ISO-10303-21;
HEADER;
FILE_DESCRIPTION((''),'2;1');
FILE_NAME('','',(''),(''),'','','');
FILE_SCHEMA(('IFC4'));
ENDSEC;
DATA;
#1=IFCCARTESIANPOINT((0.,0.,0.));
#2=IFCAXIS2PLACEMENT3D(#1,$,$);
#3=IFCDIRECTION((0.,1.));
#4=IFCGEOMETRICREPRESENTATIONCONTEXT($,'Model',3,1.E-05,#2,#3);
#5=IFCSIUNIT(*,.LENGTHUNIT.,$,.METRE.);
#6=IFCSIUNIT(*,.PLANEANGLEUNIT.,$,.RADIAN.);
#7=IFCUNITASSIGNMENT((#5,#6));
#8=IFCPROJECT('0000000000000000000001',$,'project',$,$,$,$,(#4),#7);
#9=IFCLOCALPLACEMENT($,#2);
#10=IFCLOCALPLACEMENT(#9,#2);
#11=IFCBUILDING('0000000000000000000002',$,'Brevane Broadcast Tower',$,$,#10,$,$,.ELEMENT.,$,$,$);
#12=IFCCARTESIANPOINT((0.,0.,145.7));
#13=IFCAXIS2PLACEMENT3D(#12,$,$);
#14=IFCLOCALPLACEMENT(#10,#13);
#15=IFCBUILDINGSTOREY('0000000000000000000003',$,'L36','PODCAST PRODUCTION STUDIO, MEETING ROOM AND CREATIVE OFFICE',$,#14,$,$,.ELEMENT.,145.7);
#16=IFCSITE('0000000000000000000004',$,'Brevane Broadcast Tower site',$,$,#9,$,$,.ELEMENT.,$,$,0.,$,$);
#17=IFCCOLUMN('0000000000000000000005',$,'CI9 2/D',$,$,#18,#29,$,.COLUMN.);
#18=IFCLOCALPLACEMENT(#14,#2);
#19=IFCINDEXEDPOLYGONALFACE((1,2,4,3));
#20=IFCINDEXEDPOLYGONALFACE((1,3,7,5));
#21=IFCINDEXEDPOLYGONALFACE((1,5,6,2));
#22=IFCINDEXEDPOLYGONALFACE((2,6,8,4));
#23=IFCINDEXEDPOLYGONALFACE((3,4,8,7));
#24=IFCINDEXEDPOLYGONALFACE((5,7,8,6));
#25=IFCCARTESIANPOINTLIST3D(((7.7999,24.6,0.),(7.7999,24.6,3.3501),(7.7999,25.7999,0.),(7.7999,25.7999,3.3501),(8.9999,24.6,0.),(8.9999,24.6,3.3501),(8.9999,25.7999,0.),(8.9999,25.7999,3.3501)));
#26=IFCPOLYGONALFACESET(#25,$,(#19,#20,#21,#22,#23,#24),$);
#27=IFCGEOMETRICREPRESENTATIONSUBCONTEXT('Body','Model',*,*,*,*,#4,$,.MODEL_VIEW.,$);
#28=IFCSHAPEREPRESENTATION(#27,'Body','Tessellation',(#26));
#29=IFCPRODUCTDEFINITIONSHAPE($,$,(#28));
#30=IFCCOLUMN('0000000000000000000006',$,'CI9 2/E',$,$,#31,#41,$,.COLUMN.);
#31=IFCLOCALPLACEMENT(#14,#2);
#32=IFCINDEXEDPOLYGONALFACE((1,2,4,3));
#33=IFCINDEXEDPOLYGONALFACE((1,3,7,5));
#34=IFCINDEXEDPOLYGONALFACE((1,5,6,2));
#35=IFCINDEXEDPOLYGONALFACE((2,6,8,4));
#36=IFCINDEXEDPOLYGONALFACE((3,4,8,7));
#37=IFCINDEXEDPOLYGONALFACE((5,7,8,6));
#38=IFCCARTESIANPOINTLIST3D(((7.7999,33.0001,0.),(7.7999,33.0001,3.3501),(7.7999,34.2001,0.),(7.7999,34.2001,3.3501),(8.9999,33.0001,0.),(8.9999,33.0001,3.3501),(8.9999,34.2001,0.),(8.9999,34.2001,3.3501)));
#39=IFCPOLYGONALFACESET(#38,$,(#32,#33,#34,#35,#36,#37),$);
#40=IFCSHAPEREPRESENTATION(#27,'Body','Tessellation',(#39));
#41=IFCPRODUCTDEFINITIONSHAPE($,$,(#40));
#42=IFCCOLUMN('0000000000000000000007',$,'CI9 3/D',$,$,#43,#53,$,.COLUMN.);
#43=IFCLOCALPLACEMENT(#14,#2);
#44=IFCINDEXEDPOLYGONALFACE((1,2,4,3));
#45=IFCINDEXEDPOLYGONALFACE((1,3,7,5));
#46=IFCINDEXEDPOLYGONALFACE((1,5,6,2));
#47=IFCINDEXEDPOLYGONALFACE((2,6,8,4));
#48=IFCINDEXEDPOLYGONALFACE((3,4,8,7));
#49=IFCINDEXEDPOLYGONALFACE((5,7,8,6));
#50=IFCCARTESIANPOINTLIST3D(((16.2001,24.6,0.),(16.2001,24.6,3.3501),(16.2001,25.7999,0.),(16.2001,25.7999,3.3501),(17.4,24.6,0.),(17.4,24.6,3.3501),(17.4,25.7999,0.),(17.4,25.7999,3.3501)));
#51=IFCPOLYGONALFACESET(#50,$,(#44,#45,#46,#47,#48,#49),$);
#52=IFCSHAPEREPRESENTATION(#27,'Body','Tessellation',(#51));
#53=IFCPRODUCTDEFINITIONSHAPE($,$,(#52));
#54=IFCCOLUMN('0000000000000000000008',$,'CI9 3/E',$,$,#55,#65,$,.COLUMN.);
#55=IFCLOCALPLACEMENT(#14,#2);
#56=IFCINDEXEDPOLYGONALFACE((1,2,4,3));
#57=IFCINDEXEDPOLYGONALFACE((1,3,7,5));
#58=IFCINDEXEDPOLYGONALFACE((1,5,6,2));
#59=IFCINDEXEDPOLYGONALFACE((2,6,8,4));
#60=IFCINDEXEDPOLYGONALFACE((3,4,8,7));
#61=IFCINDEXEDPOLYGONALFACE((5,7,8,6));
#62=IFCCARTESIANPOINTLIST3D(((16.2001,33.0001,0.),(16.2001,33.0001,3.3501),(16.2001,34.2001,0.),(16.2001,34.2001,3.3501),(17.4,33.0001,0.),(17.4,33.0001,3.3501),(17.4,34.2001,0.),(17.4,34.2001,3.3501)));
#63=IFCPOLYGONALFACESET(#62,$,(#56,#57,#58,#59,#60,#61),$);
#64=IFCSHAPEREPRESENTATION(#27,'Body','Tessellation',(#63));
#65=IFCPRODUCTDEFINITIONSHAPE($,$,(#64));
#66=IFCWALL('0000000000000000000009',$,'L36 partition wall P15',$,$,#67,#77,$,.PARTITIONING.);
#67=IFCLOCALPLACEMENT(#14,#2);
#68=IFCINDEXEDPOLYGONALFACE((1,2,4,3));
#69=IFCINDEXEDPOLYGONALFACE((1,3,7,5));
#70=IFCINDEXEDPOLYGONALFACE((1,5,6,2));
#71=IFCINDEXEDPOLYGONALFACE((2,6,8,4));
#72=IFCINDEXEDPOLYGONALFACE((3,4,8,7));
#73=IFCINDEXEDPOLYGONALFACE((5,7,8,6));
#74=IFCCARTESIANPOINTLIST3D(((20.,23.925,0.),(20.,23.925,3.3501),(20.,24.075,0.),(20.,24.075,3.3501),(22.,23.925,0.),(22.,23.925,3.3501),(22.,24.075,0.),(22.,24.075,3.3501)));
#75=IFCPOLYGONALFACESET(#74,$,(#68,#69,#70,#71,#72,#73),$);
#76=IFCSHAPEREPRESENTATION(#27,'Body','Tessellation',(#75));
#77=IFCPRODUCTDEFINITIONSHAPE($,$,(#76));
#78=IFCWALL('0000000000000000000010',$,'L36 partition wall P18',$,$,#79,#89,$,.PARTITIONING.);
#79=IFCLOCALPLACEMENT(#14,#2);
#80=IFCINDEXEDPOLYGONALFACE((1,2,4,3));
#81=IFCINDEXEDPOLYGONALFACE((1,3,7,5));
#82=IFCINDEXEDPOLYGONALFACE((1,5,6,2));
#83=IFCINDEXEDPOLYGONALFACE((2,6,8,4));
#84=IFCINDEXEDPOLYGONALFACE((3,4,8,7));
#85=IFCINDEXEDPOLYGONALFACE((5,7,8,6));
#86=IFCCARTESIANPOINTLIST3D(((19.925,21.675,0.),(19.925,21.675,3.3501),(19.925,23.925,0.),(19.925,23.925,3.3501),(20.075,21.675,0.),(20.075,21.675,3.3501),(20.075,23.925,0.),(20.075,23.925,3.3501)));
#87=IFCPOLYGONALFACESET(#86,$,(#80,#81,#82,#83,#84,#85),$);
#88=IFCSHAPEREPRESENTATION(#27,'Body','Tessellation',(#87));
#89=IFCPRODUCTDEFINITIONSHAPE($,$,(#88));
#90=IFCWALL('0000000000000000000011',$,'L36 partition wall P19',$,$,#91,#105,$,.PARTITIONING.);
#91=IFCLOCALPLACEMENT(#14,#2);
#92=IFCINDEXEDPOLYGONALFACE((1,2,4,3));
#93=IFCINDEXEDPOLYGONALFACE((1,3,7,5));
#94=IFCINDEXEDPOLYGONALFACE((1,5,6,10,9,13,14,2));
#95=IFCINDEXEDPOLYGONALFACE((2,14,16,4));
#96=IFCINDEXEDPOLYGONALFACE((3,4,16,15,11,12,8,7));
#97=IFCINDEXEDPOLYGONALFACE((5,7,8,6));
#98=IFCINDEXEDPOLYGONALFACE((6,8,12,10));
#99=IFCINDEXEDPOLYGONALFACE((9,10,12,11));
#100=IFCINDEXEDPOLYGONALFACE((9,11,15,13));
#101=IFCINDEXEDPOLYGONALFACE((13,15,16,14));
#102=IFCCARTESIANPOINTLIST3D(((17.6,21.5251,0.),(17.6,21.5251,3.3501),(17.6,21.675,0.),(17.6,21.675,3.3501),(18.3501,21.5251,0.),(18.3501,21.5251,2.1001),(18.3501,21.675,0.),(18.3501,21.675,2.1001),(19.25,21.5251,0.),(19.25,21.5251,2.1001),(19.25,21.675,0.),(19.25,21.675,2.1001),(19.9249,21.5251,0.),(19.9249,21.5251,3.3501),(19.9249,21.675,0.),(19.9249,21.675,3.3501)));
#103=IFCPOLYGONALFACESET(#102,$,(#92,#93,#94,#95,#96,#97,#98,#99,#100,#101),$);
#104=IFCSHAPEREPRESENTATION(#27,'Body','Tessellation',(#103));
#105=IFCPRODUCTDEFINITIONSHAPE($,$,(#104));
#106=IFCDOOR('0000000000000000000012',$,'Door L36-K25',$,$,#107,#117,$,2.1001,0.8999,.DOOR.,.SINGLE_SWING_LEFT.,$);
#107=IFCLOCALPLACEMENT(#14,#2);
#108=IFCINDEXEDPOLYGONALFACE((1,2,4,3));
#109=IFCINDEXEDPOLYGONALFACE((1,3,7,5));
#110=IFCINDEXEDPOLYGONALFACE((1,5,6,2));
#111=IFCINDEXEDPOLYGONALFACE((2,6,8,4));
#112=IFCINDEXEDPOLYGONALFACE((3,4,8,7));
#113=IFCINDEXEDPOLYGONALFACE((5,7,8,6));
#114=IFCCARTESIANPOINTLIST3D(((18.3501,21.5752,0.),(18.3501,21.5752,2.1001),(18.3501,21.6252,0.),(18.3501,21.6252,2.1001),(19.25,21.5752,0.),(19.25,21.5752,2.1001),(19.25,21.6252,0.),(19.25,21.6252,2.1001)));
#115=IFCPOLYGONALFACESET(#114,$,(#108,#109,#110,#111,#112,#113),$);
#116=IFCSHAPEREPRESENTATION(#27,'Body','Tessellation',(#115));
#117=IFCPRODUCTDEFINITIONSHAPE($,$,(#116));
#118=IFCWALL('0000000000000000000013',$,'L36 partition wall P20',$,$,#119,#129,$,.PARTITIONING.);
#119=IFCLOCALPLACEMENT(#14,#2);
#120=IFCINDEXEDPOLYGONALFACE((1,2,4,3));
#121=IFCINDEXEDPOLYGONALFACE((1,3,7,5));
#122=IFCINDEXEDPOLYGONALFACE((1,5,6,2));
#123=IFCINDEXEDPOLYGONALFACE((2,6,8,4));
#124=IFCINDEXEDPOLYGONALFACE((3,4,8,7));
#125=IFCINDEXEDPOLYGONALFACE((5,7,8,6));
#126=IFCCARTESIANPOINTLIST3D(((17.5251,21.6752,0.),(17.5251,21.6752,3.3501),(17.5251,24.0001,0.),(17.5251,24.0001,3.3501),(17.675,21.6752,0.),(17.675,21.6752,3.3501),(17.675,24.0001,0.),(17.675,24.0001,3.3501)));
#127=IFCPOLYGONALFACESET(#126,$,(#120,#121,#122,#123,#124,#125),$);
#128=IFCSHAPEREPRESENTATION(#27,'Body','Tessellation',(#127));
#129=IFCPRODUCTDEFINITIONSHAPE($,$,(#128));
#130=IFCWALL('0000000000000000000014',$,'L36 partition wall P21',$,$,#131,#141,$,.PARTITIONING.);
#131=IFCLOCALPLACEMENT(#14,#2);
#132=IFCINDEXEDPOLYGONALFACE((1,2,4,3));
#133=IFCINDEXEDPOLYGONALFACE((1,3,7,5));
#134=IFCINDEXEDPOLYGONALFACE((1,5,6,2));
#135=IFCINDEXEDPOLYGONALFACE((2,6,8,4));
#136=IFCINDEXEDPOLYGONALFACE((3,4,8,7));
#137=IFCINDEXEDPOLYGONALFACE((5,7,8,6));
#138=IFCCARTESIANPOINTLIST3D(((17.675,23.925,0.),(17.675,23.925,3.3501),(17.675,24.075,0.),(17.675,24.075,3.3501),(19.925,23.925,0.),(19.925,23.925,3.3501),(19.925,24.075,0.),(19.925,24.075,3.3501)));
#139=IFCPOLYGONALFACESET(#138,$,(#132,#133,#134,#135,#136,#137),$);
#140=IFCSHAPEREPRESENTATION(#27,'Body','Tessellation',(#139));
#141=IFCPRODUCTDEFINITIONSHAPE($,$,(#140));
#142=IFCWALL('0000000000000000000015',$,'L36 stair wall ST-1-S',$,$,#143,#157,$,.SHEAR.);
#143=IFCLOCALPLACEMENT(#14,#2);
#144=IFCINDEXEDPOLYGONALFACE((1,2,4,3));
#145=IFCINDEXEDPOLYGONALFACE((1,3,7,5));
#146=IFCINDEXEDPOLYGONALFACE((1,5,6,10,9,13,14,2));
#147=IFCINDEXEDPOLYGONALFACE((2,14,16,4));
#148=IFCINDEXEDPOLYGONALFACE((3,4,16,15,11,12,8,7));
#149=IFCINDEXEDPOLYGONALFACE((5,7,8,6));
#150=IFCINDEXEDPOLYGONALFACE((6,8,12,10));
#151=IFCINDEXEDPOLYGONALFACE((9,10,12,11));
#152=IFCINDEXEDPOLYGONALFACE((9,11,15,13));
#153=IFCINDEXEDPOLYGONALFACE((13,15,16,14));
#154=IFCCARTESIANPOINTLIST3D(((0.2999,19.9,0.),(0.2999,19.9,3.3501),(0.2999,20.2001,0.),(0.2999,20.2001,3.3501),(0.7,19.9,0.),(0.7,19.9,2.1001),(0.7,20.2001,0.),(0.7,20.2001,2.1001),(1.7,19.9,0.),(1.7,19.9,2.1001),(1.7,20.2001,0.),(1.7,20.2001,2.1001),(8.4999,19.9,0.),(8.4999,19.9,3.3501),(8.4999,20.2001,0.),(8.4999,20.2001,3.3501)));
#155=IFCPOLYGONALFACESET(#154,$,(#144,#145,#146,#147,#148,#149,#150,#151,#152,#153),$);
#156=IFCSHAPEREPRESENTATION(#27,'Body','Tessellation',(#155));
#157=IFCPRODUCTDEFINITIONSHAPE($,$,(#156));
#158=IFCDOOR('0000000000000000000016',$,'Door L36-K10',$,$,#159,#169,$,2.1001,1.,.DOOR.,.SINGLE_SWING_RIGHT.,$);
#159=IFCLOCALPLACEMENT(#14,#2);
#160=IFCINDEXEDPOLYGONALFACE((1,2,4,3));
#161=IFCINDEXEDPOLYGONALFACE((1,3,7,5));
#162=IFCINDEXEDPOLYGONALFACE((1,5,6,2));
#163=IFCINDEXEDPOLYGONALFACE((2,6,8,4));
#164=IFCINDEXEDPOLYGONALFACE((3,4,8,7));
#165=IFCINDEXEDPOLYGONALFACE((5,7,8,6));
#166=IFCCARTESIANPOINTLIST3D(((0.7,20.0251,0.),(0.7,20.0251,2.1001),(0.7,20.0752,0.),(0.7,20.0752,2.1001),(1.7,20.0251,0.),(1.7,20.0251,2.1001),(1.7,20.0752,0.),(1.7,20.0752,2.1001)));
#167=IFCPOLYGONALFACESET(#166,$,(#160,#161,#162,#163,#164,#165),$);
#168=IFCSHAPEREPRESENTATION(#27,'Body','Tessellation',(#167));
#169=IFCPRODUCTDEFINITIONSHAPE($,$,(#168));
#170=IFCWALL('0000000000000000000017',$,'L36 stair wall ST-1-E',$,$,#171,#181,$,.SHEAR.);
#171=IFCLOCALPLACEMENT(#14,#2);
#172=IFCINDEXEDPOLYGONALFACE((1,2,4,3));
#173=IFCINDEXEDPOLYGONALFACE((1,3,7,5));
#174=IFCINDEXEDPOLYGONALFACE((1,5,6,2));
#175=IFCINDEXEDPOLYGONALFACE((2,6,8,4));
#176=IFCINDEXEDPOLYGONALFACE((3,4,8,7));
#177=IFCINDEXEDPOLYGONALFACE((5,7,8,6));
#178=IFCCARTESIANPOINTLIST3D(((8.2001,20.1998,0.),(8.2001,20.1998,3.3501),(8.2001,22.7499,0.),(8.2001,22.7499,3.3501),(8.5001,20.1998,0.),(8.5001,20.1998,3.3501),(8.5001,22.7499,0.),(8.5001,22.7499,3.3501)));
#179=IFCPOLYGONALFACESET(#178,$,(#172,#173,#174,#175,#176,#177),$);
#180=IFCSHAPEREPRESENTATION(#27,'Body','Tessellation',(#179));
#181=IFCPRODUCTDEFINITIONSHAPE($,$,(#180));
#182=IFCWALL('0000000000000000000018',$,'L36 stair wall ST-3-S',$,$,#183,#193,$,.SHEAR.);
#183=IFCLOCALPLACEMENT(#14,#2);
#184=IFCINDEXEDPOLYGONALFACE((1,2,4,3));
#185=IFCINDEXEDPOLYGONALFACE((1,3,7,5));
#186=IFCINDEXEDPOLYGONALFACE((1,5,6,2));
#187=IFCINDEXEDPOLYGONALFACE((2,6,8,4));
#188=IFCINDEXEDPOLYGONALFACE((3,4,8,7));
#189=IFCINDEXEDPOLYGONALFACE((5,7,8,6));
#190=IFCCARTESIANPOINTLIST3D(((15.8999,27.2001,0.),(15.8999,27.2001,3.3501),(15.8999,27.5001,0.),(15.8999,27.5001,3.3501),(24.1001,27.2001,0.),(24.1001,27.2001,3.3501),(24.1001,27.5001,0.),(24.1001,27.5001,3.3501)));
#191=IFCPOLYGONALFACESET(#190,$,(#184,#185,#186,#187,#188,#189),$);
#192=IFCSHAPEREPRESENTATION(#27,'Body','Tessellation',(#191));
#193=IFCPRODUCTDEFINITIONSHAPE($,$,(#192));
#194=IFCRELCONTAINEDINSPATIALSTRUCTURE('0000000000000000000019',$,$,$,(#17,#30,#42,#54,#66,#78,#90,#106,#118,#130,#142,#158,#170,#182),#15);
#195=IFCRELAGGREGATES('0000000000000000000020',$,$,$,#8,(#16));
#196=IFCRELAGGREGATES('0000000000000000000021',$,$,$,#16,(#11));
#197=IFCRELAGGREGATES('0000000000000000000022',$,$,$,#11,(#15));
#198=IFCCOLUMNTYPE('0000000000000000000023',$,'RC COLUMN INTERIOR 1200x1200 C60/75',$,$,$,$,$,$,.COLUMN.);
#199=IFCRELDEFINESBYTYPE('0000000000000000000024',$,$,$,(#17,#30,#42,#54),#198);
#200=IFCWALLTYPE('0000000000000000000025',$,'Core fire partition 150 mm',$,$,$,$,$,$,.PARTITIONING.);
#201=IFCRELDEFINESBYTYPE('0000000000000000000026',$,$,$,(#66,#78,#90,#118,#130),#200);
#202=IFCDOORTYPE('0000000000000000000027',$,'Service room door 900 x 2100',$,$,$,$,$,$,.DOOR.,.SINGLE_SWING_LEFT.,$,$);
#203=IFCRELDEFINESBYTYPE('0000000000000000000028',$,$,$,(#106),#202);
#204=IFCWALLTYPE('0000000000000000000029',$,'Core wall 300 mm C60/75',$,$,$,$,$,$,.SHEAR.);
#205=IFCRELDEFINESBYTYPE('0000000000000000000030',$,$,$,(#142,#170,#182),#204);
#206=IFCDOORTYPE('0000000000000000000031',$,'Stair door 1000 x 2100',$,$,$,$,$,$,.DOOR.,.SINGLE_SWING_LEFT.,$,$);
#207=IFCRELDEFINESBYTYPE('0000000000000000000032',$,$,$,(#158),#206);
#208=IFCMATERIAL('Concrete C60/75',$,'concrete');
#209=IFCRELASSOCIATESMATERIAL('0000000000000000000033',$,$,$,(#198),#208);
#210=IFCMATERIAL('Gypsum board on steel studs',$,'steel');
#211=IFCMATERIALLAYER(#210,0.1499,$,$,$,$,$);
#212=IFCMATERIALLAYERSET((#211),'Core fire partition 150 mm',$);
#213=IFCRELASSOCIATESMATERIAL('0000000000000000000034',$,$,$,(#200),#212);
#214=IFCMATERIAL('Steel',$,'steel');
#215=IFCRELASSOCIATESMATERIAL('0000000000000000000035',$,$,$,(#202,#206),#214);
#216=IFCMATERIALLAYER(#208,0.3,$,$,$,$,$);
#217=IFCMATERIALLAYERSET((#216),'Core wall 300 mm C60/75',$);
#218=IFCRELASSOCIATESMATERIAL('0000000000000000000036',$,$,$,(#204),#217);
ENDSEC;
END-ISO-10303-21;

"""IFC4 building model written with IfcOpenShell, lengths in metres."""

from ifc_helpers import new_model, si_unit, direction, frame, frame_2d, origin, origin_2d, place, context, subcontext, project, spatial, rectangle, extrude, material, layer, layer_set, material_profile, profile_set, type_object, element, fill, save


model = new_model("IFC4")

# Units and contexts
model_context = context("Model", 3, precision=1e-05, world=origin(), true_north=direction((0.0, 1.0)))
body_context = subcontext(model_context, "Body", "Model", "MODEL_VIEW")
ifc_project = project(units=[si_unit("LENGTHUNIT", "METRE"), si_unit("PLANEANGLEUNIT", "RADIAN")], contexts=[model_context])

# Site, building, storey
site_placement = place(None, origin())
site = spatial("IfcSite", under=ifc_project, at=site_placement, Name="Brevane Broadcast Tower site", CompositionType="ELEMENT", RefElevation=0.0)
building_placement = place(site_placement, origin())
building = spatial("IfcBuilding", under=site, at=building_placement, Name="Brevane Broadcast Tower", CompositionType="ELEMENT")
storey_placement = place(building_placement, frame((0.0, 0.0, 145.7)))
storey = spatial("IfcBuildingStorey", under=building, at=storey_placement, Name="L36", Description="PODCAST PRODUCTION STUDIO, MEETING ROOM AND CREATIVE OFFICE", CompositionType="ELEMENT", Elevation=145.7)

# Columns
ifc_material_1 = material(Name="Concrete C60/75", Category="concrete")
ifc_material_profile = material_profile(ifc_material_1, rectangle(XDim=1.2, YDim=1.2, at=origin_2d()), Name="RC 1200x1200")
ifc_profile_set = profile_set([ifc_material_profile], Name="Concrete C60/75")
column_type = type_object("IfcColumnType", Name="RC COLUMN INTERIOR 1200x1200 C60/75", PredefinedType="COLUMN", material=ifc_profile_set)
for number, where, z_axis, x_axis, name in (
    (1, (8.3999, 25.2, 0.0), (0.0, 0.0, 1.0), (1.0, 0.0, 0.0), "CI9 2/D"),
    (2, (8.3999, 33.6001, 0.0), (0.0, 0.0, 1.0), (1.0, 0.0, 0.0), "CI9 2/E"),
    (3, (16.8, 25.2, 0.0), (0.0, 0.0, 1.0), (1.0, 0.0, 0.0), "CI9 3/D"),
    (4, (16.8, 33.6001, 0.0), (0.0, 0.0, 1.0), (1.0, 0.0, 0.0), "CI9 3/E"),
):
    element("IfcColumn", number, at=place(storey_placement, frame(where, z_axis=z_axis, x_axis=x_axis)), inside=storey, type_object=column_type, Name=name, PredefinedType="COLUMN", context=body_context, shape_type="SweptSolid", body=[
        extrude(rectangle(XDim=1.2, YDim=1.2, at=origin_2d()), origin(), (0.0, 0.0, 1.0), 3.3501),
    ])

# Walls
ifc_material_2 = material(Name="Gypsum board on steel studs", Category="steel")
ifc_layer_1 = layer(ifc_material_2, 0.1499)
ifc_layer_set_1 = layer_set([ifc_layer_1], Name="Core fire partition 150 mm")
wall_type_1 = type_object("IfcWallType", Name="Core fire partition 150 mm", PredefinedType="PARTITIONING", material=ifc_layer_set_1)
wall_1_placement = place(storey_placement, frame((20.0, 24.0, 0.0), z_axis=(0.0, 0.0, 1.0), x_axis=(1.0, 0.0, 0.0)))
element("IfcWall", 5, at=wall_1_placement, inside=storey, type_object=wall_type_1, Name="L36 partition wall P15", PredefinedType="PARTITIONING", context=body_context, shape_type="SweptSolid", body=[
    extrude(rectangle(XDim=2.0, YDim=0.1499, at=frame_2d((1.0, 0.0))), origin(), (0.0, 0.0, 1.0), 3.3501),
])
wall_2_placement = place(storey_placement, frame((20.0, 21.675, 0.0), z_axis=(0.0, 0.0, 1.0), x_axis=(0.0, 1.0, 0.0)))
element("IfcWall", 6, at=wall_2_placement, inside=storey, type_object=wall_type_1, Name="L36 partition wall P18", PredefinedType="PARTITIONING", context=body_context, shape_type="SweptSolid", body=[
    extrude(rectangle(XDim=2.25, YDim=0.1499, at=frame_2d((1.125, 0.0))), origin(), (0.0, 0.0, 1.0), 3.3501),
])

# Wall, opening, door
wall_3_placement = place(storey_placement, frame((19.925, 21.6001, 0.0), z_axis=(0.0, 0.0, 1.0), x_axis=(-1.0, 0.0, 0.0)))
wall_3 = element("IfcWall", 7, at=wall_3_placement, inside=storey, type_object=wall_type_1, Name="L36 partition wall P19", PredefinedType="PARTITIONING", context=body_context, shape_type="SweptSolid", body=[
    extrude(rectangle(XDim=2.325, YDim=0.1499, at=frame_2d((1.1626, 0.0))), origin(), (0.0, 0.0, 1.0), 3.3501),
])
opening_1_placement = place(wall_3_placement, frame((0.675, 0.0, 0.0)))
opening_1 = element("IfcOpeningElement", 8, at=opening_1_placement, cuts=wall_3, PredefinedType="OPENING", context=body_context, shape_type="SweptSolid", body=[
    extrude(rectangle(XDim=0.8999, YDim=2.1001, at=frame_2d((0.45, 1.05))), frame((0.0, 0.085, 0.0), z_axis=(0.0, -1.0, 0.0), x_axis=(1.0, 0.0, 0.0)), (0.0, 0.0, 1.0), 0.1699),
])
ifc_material_3 = material(Name="Steel", Category="steel")
door_type_1 = type_object("IfcDoorType", Name="Service room door 900 x 2100", OperationType="SINGLE_SWING_LEFT", PredefinedType="DOOR", material=ifc_material_3)
door_1_placement = place(opening_1_placement, origin())
door_1 = element("IfcDoor", 9, at=door_1_placement, inside=storey, type_object=door_type_1, Name="Door L36-K25", OperationType="SINGLE_SWING_LEFT", OverallHeight=2.1001, OverallWidth=0.8999, PredefinedType="DOOR", context=body_context, shape_type="SweptSolid", body=[
    extrude(rectangle(XDim=0.8999, YDim=2.1001, at=frame_2d((0.45, 1.05))), frame((0.0, 0.0249, 0.0), z_axis=(0.0, -1.0, 0.0), x_axis=(1.0, 0.0, 0.0)), (0.0, 0.0, 1.0), 0.05),
])
fill(opening_1, door_1)

# Walls
wall_4_placement = place(storey_placement, frame((17.6001, 21.675, 0.0), z_axis=(0.0, 0.0, 1.0), x_axis=(0.0, 1.0, 0.0)))
element("IfcWall", 10, at=wall_4_placement, inside=storey, type_object=wall_type_1, Name="L36 partition wall P20", PredefinedType="PARTITIONING", context=body_context, shape_type="SweptSolid", body=[
    extrude(rectangle(XDim=2.325, YDim=0.1499, at=frame_2d((1.1626, 0.0))), origin(), (0.0, 0.0, 1.0), 3.3501),
])
wall_5_placement = place(storey_placement, frame((17.675, 24.0, 0.0), z_axis=(0.0, 0.0, 1.0), x_axis=(1.0, 0.0, 0.0)))
element("IfcWall", 11, at=wall_5_placement, inside=storey, type_object=wall_type_1, Name="L36 partition wall P21", PredefinedType="PARTITIONING", context=body_context, shape_type="SweptSolid", body=[
    extrude(rectangle(XDim=2.25, YDim=0.1499, at=frame_2d((1.125, 0.0))), origin(), (0.0, 0.0, 1.0), 3.3501),
])

# Wall, opening, door
ifc_layer_2 = layer(ifc_material_1, 0.3)
ifc_layer_set_2 = layer_set([ifc_layer_2], Name="Core wall 300 mm C60/75")
wall_type_2 = type_object("IfcWallType", Name="Core wall 300 mm C60/75", PredefinedType="SHEAR", material=ifc_layer_set_2)
wall_6_placement = place(storey_placement, frame((8.5, 20.05, 0.0), z_axis=(0.0, 0.0, 1.0), x_axis=(-1.0, 0.0, 0.0)))
wall_6 = element("IfcWall", 12, at=wall_6_placement, inside=storey, type_object=wall_type_2, Name="L36 stair wall ST-1-S", PredefinedType="SHEAR", context=body_context, shape_type="SweptSolid", body=[
    extrude(rectangle(XDim=8.2, YDim=0.3, at=frame_2d((4.1001, 0.0))), origin(), (0.0, 0.0, 1.0), 3.3501),
])
opening_2_placement = place(wall_6_placement, frame((6.8, 0.0, 0.0)))
opening_2 = element("IfcOpeningElement", 13, at=opening_2_placement, cuts=wall_6, PredefinedType="OPENING", context=body_context, shape_type="SweptSolid", body=[
    extrude(rectangle(XDim=1.0, YDim=2.1001, at=frame_2d((0.5, 1.05))), frame((0.0, 0.1599, 0.0), z_axis=(0.0, -1.0, 0.0), x_axis=(1.0, 0.0, 0.0)), (0.0, 0.0, 1.0), 0.3201),
])
door_type_2 = type_object("IfcDoorType", Name="Stair door 1000 x 2100", OperationType="SINGLE_SWING_LEFT", PredefinedType="DOOR", material=ifc_material_3)
door_2_placement = place(opening_2_placement, origin())
door_2 = element("IfcDoor", 14, at=door_2_placement, inside=storey, type_object=door_type_2, Name="Door L36-K10", OperationType="SINGLE_SWING_RIGHT", OverallHeight=2.1001, OverallWidth=1.0, PredefinedType="DOOR", context=body_context, shape_type="SweptSolid", body=[
    extrude(rectangle(XDim=1.0, YDim=2.1001, at=frame_2d((0.5, 1.05))), frame((0.0, 0.0249, 0.0), z_axis=(0.0, -1.0, 0.0), x_axis=(1.0, 0.0, 0.0)), (0.0, 0.0, 1.0), 0.05),
])
fill(opening_2, door_2)

# Walls
wall_7_placement = place(storey_placement, frame((8.3501, 20.2, 0.0), z_axis=(0.0, 0.0, 1.0), x_axis=(0.0, 1.0, 0.0)))
element("IfcWall", 15, at=wall_7_placement, inside=storey, type_object=wall_type_2, Name="L36 stair wall ST-1-E", PredefinedType="SHEAR", context=body_context, shape_type="SweptSolid", body=[
    extrude(rectangle(XDim=2.55, YDim=0.3, at=frame_2d((1.2749, 0.0))), origin(), (0.0, 0.0, 1.0), 3.3501),
])
for number, where, z_axis, x_axis, name in (
    (16, (15.8999, 27.3501, 0.0), (0.0, 0.0, 1.0), (1.0, 0.0, 0.0), "L36 stair wall ST-3-S"),
):
    element("IfcWall", number, at=place(storey_placement, frame(where, z_axis=z_axis, x_axis=x_axis)), inside=storey, type_object=wall_type_2, Name=name, PredefinedType="SHEAR", context=body_context, shape_type="SweptSolid", body=[
        extrude(rectangle(XDim=8.2002, YDim=0.3, at=frame_2d((4.1001, 0.0))), origin(), (0.0, 0.0, 1.0), 3.3501),
    ])

save(model, "model.ifc")
